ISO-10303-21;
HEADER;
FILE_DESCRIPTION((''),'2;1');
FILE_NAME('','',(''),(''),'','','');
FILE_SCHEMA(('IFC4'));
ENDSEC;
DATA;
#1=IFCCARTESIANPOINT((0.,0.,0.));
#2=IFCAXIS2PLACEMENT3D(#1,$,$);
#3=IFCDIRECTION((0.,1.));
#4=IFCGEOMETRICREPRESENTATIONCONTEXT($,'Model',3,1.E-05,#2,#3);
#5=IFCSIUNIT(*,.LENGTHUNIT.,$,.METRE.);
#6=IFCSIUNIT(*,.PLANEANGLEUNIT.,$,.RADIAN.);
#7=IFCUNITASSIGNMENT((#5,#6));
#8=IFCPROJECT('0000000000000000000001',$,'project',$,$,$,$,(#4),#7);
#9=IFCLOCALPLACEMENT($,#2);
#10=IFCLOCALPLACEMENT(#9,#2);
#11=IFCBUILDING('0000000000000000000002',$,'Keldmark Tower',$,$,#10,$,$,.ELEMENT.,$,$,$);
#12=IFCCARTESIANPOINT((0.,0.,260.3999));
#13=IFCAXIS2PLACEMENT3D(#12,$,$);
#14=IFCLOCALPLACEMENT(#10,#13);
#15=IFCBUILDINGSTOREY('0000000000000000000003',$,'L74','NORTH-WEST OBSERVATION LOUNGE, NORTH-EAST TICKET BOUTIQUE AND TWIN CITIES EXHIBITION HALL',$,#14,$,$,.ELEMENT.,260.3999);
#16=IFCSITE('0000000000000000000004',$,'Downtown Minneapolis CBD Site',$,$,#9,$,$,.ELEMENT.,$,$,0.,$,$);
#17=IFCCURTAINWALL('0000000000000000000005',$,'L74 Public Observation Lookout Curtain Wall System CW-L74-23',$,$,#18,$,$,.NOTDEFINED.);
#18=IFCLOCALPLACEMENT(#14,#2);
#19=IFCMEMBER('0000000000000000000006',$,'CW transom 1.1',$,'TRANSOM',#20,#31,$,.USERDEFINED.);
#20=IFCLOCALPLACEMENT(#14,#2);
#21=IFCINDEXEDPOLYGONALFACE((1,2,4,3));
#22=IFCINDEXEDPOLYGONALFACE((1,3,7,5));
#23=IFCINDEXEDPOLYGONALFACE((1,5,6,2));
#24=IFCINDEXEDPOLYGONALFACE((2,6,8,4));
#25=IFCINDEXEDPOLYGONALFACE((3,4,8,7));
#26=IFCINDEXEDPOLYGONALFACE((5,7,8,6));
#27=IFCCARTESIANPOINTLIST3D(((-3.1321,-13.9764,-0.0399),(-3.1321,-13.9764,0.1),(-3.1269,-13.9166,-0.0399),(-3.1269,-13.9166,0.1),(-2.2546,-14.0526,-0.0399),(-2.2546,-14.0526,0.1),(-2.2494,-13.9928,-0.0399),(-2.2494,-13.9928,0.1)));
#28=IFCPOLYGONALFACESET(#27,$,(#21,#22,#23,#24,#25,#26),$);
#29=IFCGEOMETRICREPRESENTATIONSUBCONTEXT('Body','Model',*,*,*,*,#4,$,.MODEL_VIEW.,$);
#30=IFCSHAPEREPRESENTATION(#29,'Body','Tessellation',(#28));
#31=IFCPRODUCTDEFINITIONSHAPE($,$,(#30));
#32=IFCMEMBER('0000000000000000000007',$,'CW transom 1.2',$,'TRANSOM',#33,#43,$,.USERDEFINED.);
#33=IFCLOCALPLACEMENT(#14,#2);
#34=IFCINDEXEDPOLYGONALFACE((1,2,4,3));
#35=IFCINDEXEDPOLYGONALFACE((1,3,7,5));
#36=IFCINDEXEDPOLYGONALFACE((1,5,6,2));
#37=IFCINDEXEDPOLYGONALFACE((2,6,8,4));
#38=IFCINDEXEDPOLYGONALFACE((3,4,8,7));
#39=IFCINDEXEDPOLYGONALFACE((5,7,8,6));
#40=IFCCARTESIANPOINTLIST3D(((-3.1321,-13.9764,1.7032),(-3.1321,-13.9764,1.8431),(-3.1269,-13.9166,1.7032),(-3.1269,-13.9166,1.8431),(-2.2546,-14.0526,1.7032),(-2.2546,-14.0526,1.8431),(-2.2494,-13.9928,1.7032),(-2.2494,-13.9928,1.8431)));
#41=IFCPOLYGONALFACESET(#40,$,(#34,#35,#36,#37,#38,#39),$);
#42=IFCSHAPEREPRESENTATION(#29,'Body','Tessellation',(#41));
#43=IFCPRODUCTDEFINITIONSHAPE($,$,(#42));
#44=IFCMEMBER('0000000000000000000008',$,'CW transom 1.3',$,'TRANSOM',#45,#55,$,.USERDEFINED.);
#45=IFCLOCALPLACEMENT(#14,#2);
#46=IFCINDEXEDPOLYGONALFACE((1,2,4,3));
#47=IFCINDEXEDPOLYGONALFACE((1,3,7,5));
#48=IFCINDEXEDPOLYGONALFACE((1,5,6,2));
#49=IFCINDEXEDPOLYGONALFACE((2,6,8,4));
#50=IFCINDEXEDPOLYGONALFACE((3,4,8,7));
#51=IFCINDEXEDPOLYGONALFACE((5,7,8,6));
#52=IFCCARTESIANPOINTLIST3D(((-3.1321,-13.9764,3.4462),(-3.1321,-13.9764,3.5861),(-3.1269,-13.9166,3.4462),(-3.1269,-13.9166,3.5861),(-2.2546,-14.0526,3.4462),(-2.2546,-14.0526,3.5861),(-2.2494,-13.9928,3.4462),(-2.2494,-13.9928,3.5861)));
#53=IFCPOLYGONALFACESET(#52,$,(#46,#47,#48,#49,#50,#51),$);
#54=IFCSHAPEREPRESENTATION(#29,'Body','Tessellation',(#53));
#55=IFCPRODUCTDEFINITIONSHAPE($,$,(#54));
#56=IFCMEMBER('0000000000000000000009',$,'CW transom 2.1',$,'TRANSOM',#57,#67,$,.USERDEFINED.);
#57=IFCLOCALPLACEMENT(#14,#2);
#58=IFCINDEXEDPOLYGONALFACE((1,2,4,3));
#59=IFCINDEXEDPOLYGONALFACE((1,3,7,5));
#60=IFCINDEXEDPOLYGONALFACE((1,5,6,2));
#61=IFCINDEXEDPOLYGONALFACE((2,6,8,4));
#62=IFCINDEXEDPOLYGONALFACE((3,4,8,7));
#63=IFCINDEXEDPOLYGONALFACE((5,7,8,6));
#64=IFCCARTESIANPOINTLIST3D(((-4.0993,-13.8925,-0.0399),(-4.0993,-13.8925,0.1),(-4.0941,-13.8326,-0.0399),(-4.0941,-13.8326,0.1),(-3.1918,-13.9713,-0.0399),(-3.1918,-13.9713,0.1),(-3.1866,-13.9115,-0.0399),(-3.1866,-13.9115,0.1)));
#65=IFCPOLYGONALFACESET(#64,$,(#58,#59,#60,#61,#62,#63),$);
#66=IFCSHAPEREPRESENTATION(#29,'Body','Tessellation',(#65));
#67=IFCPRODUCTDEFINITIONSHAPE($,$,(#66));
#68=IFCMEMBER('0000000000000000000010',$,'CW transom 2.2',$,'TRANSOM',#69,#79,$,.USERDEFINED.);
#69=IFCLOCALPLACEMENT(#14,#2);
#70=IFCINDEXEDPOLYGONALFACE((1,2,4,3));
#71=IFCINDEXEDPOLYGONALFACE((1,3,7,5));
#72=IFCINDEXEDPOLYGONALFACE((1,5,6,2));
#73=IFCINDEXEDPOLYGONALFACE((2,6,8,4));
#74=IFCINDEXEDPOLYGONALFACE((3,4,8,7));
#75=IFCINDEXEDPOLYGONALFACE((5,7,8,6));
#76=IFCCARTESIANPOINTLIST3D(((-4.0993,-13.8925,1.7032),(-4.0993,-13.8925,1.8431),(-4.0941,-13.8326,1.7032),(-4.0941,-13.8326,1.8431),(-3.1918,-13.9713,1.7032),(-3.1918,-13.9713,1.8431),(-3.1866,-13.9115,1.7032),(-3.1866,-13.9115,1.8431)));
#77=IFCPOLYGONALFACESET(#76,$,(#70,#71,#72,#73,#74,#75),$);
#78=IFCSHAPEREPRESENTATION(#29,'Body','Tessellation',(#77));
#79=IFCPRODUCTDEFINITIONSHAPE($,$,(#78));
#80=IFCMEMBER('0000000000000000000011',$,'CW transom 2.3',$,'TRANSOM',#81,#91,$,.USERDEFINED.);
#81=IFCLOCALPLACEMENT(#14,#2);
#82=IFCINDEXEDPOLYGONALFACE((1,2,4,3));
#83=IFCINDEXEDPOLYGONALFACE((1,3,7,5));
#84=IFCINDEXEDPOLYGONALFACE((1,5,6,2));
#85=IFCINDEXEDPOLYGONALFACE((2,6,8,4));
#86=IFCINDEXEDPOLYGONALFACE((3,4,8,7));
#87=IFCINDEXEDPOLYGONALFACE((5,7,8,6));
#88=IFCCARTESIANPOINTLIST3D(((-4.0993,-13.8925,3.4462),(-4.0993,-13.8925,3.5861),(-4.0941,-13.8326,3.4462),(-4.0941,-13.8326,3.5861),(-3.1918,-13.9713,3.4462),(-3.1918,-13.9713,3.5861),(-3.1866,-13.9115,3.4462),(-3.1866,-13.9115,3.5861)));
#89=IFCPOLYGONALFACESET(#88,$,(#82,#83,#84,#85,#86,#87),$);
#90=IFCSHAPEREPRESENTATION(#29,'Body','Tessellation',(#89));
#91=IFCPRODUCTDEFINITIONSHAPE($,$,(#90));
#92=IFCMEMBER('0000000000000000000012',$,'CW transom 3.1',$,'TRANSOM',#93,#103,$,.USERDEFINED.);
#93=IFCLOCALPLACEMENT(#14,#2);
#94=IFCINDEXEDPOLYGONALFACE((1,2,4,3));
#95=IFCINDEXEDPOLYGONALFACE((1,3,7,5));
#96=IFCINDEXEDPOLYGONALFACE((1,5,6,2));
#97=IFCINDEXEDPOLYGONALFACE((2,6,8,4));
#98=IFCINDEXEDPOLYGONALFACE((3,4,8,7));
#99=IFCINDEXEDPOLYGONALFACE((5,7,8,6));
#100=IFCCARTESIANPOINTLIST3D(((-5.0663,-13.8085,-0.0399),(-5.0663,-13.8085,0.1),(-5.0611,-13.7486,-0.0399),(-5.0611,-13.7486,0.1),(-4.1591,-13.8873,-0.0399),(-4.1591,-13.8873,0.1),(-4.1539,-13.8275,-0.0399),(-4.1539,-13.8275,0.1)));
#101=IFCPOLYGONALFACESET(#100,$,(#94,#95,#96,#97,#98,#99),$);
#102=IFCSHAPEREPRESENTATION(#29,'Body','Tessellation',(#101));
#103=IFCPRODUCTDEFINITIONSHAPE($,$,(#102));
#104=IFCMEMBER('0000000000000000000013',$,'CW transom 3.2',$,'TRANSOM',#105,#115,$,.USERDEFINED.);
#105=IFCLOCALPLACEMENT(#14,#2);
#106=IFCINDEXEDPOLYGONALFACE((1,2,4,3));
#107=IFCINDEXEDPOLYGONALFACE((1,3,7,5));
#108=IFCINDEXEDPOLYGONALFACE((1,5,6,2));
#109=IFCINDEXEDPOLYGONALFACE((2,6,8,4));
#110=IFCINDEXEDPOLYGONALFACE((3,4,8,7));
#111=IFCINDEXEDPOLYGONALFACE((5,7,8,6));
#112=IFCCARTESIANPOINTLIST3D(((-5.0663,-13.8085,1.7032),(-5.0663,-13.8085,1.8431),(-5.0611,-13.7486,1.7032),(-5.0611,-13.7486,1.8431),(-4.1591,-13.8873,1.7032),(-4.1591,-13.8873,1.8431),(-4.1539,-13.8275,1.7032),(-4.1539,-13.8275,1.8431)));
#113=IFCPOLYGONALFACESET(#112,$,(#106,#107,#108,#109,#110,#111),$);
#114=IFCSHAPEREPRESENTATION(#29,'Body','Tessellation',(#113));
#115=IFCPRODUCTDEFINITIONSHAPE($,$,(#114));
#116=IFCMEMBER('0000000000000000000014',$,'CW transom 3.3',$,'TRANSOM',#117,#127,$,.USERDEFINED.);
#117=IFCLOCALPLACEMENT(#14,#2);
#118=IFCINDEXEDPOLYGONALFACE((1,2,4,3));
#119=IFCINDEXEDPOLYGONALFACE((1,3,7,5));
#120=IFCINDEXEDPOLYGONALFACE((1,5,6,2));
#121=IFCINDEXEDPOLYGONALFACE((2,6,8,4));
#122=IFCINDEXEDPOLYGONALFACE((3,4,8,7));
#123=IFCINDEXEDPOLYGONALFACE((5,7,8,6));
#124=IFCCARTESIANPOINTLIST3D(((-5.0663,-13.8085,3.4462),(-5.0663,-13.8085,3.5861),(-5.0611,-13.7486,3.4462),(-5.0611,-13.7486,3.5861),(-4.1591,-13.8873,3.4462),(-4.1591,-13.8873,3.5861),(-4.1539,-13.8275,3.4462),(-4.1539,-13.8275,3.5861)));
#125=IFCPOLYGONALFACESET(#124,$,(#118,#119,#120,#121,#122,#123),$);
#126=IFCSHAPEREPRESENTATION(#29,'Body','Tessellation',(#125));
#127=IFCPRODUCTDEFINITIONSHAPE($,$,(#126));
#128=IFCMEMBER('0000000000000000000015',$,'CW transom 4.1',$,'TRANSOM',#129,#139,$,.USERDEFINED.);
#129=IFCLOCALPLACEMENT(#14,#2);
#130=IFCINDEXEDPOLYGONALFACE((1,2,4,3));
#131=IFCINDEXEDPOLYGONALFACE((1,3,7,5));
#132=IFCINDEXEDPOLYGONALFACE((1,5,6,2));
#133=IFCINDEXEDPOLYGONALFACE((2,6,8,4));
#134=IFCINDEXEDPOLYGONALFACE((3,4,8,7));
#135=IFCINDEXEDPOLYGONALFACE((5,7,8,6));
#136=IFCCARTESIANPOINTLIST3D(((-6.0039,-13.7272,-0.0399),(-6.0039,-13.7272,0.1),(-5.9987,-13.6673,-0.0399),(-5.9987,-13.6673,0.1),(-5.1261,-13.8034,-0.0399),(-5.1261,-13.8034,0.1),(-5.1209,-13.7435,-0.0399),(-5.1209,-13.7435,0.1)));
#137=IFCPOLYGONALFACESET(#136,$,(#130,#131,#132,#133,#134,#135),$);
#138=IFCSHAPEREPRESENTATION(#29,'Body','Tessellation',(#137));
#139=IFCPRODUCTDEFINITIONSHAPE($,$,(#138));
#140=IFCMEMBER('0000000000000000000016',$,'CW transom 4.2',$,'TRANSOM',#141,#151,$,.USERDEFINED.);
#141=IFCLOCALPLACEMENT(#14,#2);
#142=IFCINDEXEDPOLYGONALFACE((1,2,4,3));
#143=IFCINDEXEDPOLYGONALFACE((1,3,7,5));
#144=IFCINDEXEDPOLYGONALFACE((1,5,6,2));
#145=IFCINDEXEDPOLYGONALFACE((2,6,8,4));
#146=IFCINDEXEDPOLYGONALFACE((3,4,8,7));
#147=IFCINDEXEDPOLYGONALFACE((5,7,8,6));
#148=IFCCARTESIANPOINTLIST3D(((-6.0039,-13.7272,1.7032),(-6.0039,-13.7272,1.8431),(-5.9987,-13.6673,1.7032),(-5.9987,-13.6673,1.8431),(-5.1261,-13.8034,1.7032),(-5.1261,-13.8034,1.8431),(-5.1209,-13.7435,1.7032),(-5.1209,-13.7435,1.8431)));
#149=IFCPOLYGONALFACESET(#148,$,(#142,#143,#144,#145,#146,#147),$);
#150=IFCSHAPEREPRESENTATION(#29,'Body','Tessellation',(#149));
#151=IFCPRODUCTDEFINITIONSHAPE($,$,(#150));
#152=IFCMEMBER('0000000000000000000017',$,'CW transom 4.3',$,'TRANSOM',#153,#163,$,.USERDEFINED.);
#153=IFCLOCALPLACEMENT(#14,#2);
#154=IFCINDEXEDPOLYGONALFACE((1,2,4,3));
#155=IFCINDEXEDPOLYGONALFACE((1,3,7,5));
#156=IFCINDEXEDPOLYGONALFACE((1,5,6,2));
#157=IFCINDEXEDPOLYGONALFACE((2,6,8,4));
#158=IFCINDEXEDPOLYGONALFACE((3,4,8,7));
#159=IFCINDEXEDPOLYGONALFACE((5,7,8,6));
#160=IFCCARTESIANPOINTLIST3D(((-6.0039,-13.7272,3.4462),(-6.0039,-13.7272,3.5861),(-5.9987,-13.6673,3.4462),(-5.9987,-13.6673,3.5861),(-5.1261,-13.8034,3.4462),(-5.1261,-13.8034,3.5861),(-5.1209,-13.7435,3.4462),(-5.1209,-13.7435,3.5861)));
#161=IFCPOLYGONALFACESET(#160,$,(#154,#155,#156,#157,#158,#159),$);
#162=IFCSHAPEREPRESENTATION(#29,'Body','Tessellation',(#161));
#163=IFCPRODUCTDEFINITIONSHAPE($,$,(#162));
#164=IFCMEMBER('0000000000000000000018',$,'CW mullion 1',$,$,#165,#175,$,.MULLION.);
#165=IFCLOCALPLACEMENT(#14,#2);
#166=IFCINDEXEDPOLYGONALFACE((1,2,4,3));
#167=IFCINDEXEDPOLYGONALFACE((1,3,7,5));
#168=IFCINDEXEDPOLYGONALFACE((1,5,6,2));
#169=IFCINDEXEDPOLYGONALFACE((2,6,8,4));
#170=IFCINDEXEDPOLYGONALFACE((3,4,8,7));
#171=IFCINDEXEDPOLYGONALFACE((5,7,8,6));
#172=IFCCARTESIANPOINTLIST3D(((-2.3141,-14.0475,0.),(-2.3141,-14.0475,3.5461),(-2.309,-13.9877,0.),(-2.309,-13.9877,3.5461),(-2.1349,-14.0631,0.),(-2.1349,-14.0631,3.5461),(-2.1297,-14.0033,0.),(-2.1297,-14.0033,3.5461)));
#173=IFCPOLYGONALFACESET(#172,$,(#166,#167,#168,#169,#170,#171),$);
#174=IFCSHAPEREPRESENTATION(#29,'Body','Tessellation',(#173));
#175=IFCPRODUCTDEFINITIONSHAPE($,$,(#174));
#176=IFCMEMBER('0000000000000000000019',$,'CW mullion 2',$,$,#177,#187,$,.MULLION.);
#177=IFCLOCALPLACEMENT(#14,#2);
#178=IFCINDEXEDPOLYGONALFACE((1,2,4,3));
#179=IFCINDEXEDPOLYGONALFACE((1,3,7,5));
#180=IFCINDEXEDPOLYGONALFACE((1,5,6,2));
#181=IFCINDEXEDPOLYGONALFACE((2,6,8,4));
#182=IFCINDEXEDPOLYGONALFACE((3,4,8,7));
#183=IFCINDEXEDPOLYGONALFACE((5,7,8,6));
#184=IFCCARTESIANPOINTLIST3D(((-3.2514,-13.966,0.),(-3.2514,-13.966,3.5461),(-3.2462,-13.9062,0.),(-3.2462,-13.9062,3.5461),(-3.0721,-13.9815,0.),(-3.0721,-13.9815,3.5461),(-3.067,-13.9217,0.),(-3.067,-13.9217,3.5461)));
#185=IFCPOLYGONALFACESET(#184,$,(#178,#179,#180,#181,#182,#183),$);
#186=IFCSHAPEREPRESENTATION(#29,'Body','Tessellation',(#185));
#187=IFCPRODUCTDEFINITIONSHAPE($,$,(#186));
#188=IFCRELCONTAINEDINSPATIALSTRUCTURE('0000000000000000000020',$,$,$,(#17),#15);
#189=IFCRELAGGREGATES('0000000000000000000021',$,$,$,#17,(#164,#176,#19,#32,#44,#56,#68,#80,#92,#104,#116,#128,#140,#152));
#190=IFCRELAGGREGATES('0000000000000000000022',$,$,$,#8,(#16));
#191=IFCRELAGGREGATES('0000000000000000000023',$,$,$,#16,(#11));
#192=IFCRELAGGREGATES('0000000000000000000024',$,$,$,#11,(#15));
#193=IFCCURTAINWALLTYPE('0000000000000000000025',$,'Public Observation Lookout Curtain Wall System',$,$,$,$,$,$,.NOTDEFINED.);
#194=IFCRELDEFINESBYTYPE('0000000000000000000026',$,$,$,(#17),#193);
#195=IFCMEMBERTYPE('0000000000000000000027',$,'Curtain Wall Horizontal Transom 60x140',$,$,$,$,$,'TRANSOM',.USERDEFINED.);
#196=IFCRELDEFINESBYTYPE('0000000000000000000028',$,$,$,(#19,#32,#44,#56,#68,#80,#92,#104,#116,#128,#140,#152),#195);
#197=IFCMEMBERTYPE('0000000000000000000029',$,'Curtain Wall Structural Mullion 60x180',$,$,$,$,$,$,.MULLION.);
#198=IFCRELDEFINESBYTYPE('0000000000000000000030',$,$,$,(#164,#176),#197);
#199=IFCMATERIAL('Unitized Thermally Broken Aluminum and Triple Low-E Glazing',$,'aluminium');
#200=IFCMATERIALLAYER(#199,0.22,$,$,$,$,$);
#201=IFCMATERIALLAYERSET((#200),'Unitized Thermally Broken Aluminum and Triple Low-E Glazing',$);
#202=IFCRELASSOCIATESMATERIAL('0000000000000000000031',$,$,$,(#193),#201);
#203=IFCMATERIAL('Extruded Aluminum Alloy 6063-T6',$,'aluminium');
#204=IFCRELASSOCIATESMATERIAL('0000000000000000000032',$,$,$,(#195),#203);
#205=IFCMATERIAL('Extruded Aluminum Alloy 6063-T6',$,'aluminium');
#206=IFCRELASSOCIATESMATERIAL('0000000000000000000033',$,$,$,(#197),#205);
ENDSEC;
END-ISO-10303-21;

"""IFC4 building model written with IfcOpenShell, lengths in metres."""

from ifc_helpers import new_model, si_unit, direction, frame, origin, origin_2d, place, context, subcontext, project, spatial, rectangle, extrude, material, layer, layer_set, material_profile, profile_set, type_object, element, aggregate, save


model = new_model("IFC4")

# Units and contexts
model_context = context("Model", 3, precision=1e-05, world=origin(), true_north=direction((0.0, 1.0)))
body_context = subcontext(model_context, "Body", "Model", "MODEL_VIEW")
ifc_project = project(units=[si_unit("LENGTHUNIT", "METRE"), si_unit("PLANEANGLEUNIT", "RADIAN")], contexts=[model_context])

# Site, building, storey
site_placement = place(None, origin())
site = spatial("IfcSite", under=ifc_project, at=site_placement, Name="Downtown Minneapolis CBD Site", CompositionType="ELEMENT", RefElevation=0.0)
building_placement = place(site_placement, origin())
building = spatial("IfcBuilding", under=site, at=building_placement, Name="Keldmark Tower", CompositionType="ELEMENT")
storey_placement = place(building_placement, frame((0.0, 0.0, 260.3999)))
storey = spatial("IfcBuildingStorey", under=building, at=storey_placement, Name="L74", Description="NORTH-WEST OBSERVATION LOUNGE, NORTH-EAST TICKET BOUTIQUE AND TWIN CITIES EXHIBITION HALL", CompositionType="ELEMENT", Elevation=260.3999)

# Curtain wall, members
ifc_material_1 = material(Name="Unitized Thermally Broken Aluminum and Triple Low-E Glazing", Category="aluminium")
ifc_layer_1 = layer(ifc_material_1, 0.22)
ifc_layer_set_1 = layer_set([ifc_layer_1], Name="Unitized Thermally Broken Aluminum and Triple Low-E Glazing")
curtain_wall_type = type_object("IfcCurtainWallType", Name="Public Observation Lookout Curtain Wall System", PredefinedType="NOTDEFINED", material=ifc_layer_set_1)
curtain_wall_placement = place(storey_placement, origin())
curtain_wall = element("IfcCurtainWall", 1, at=curtain_wall_placement, inside=storey, type_object=curtain_wall_type, Name="L74 Public Observation Lookout Curtain Wall System CW-L74-23", PredefinedType="NOTDEFINED")
ifc_material_2 = material(Name="Extruded Aluminum Alloy 6063-T6", Category="aluminium")
ifc_material_profile_1 = material_profile(ifc_material_2, rectangle(XDim=0.0601, YDim=0.1399, at=origin_2d()), Name="CWT60X140")
ifc_profile_set_1 = profile_set([ifc_material_profile_1], Name="Extruded Aluminum Alloy 6063-T6")
member_type_1 = type_object("IfcMemberType", Name="Curtain Wall Horizontal Transom 60x140", ElementType="TRANSOM", PredefinedType="USERDEFINED", material=ifc_profile_set_1)
member_1_placement = place(storey_placement, frame((-2.252, -14.0227, 0.03), z_axis=(-0.996253, 0.086486, 0.0), x_axis=(-0.086486, -0.996253, 0.0)))
member_1 = element("IfcMember", 2, at=member_1_placement, type_object=member_type_1, Name="CW transom 1.1", ObjectType="TRANSOM", PredefinedType="USERDEFINED", context=body_context, shape_type="SweptSolid", body=[
    extrude(rectangle(XDim=0.0601, YDim=0.1399, at=origin_2d()), origin(), (0.0, 0.0, 1.0), 0.8809),
])
member_2_placement = place(storey_placement, frame((-2.252, -14.0227, 1.7732), z_axis=(-0.996253, 0.086486, 0.0), x_axis=(-0.086486, -0.996253, 0.0)))
member_2 = element("IfcMember", 3, at=member_2_placement, type_object=member_type_1, Name="CW transom 1.2", ObjectType="TRANSOM", PredefinedType="USERDEFINED", context=body_context, shape_type="SweptSolid", body=[
    extrude(rectangle(XDim=0.0601, YDim=0.1399, at=origin_2d()), origin(), (0.0, 0.0, 1.0), 0.8809),
])
member_3_placement = place(storey_placement, frame((-2.252, -14.0227, 3.5161), z_axis=(-0.996253, 0.086486, 0.0), x_axis=(-0.086486, -0.996253, 0.0)))
member_3 = element("IfcMember", 4, at=member_3_placement, type_object=member_type_1, Name="CW transom 1.3", ObjectType="TRANSOM", PredefinedType="USERDEFINED", context=body_context, shape_type="SweptSolid", body=[
    extrude(rectangle(XDim=0.0601, YDim=0.1399, at=origin_2d()), origin(), (0.0, 0.0, 1.0), 0.8809),
])
member_4_placement = place(storey_placement, frame((-3.1892, -13.9414, 0.03), z_axis=(-0.996246, 0.086572, 0.0), x_axis=(-0.086572, -0.996246, 0.0)))
member_4 = element("IfcMember", 5, at=member_4_placement, type_object=member_type_1, Name="CW transom 2.1", ObjectType="TRANSOM", PredefinedType="USERDEFINED", context=body_context, shape_type="SweptSolid", body=[
    extrude(rectangle(XDim=0.0601, YDim=0.1399, at=origin_2d()), origin(), (0.0, 0.0, 1.0), 0.9109),
])
member_5_placement = place(storey_placement, frame((-3.1892, -13.9414, 1.7732), z_axis=(-0.996246, 0.086572, 0.0), x_axis=(-0.086572, -0.996246, 0.0)))
member_5 = element("IfcMember", 6, at=member_5_placement, type_object=member_type_1, Name="CW transom 2.2", ObjectType="TRANSOM", PredefinedType="USERDEFINED", context=body_context, shape_type="SweptSolid", body=[
    extrude(rectangle(XDim=0.0601, YDim=0.1399, at=origin_2d()), origin(), (0.0, 0.0, 1.0), 0.9109),
])
member_6_placement = place(storey_placement, frame((-3.1892, -13.9414, 3.5161), z_axis=(-0.996246, 0.086572, 0.0), x_axis=(-0.086572, -0.996246, 0.0)))
member_6 = element("IfcMember", 7, at=member_6_placement, type_object=member_type_1, Name="CW transom 2.3", ObjectType="TRANSOM", PredefinedType="USERDEFINED", context=body_context, shape_type="SweptSolid", body=[
    extrude(rectangle(XDim=0.0601, YDim=0.1399, at=origin_2d()), origin(), (0.0, 0.0, 1.0), 0.9109),
])
member_7_placement = place(storey_placement, frame((-4.1565, -13.8574, 0.03), z_axis=(-0.996244, 0.086595, 0.0), x_axis=(-0.086595, -0.996244, 0.0)))
member_7 = element("IfcMember", 8, at=member_7_placement, type_object=member_type_1, Name="CW transom 3.1", ObjectType="TRANSOM", PredefinedType="USERDEFINED", context=body_context, shape_type="SweptSolid", body=[
    extrude(rectangle(XDim=0.0601, YDim=0.1399, at=origin_2d()), origin(), (0.0, 0.0, 1.0), 0.9106),
])
member_8_placement = place(storey_placement, frame((-4.1565, -13.8574, 1.7732), z_axis=(-0.996244, 0.086595, 0.0), x_axis=(-0.086595, -0.996244, 0.0)))
member_8 = element("IfcMember", 9, at=member_8_placement, type_object=member_type_1, Name="CW transom 3.2", ObjectType="TRANSOM", PredefinedType="USERDEFINED", context=body_context, shape_type="SweptSolid", body=[
    extrude(rectangle(XDim=0.0601, YDim=0.1399, at=origin_2d()), origin(), (0.0, 0.0, 1.0), 0.9106),
])
member_9_placement = place(storey_placement, frame((-4.1565, -13.8574, 3.5161), z_axis=(-0.996244, 0.086595, 0.0), x_axis=(-0.086595, -0.996244, 0.0)))
member_9 = element("IfcMember", 10, at=member_9_placement, type_object=member_type_1, Name="CW transom 3.3", ObjectType="TRANSOM", PredefinedType="USERDEFINED", context=body_context, shape_type="SweptSolid", body=[
    extrude(rectangle(XDim=0.0601, YDim=0.1399, at=origin_2d()), origin(), (0.0, 0.0, 1.0), 0.9106),
])
member_10_placement = place(storey_placement, frame((-5.1235, -13.7734, 0.03), z_axis=(-0.996255, 0.086462, 0.0), x_axis=(-0.086462, -0.996255, 0.0)))
member_10 = element("IfcMember", 11, at=member_10_placement, type_object=member_type_1, Name="CW transom 4.1", ObjectType="TRANSOM", PredefinedType="USERDEFINED", context=body_context, shape_type="SweptSolid", body=[
    extrude(rectangle(XDim=0.0601, YDim=0.1399, at=origin_2d()), origin(), (0.0, 0.0, 1.0), 0.8811),
])
member_11_placement = place(storey_placement, frame((-5.1235, -13.7734, 1.7732), z_axis=(-0.996255, 0.086462, 0.0), x_axis=(-0.086462, -0.996255, 0.0)))
member_11 = element("IfcMember", 12, at=member_11_placement, type_object=member_type_1, Name="CW transom 4.2", ObjectType="TRANSOM", PredefinedType="USERDEFINED", context=body_context, shape_type="SweptSolid", body=[
    extrude(rectangle(XDim=0.0601, YDim=0.1399, at=origin_2d()), origin(), (0.0, 0.0, 1.0), 0.8811),
])
member_12_placement = place(storey_placement, frame((-5.1235, -13.7734, 3.5161), z_axis=(-0.996255, 0.086462, 0.0), x_axis=(-0.086462, -0.996255, 0.0)))
member_12 = element("IfcMember", 13, at=member_12_placement, type_object=member_type_1, Name="CW transom 4.3", ObjectType="TRANSOM", PredefinedType="USERDEFINED", context=body_context, shape_type="SweptSolid", body=[
    extrude(rectangle(XDim=0.0601, YDim=0.1399, at=origin_2d()), origin(), (0.0, 0.0, 1.0), 0.8811),
])
ifc_material_3 = material(Name="Extruded Aluminum Alloy 6063-T6", Category="aluminium")
ifc_material_profile_2 = material_profile(ifc_material_3, rectangle(XDim=0.0601, YDim=0.1799, at=origin_2d()), Name="CWM60X180")
ifc_profile_set_2 = profile_set([ifc_material_profile_2], Name="Extruded Aluminum Alloy 6063-T6")
member_type_2 = type_object("IfcMemberType", Name="Curtain Wall Structural Mullion 60x180", PredefinedType="MULLION", material=ifc_profile_set_2)
member_13_placement = place(storey_placement, frame((-2.2219, -14.0254, 0.0), z_axis=(0.0, 0.0, 1.0), x_axis=(-0.086472, -0.996254, 0.0)))
member_13 = element("IfcMember", 14, at=member_13_placement, type_object=member_type_2, Name="CW mullion 1", PredefinedType="MULLION", context=body_context, shape_type="SweptSolid", body=[
    extrude(rectangle(XDim=0.0601, YDim=0.1799, at=origin_2d()), origin(), (0.0, 0.0, 1.0), 3.5461),
])
member_14_placement = place(storey_placement, frame((-3.1592, -13.9438, 0.0), z_axis=(0.0, 0.0, 1.0), x_axis=(-0.086472, -0.996254, 0.0)))
member_14 = element("IfcMember", 15, at=member_14_placement, type_object=member_type_2, Name="CW mullion 2", PredefinedType="MULLION", context=body_context, shape_type="SweptSolid", body=[
    extrude(rectangle(XDim=0.0601, YDim=0.1799, at=origin_2d()), origin(), (0.0, 0.0, 1.0), 3.5461),
])

aggregate(curtain_wall, [member_13, member_14, member_1, member_2, member_3, member_4, member_5, member_6, member_7, member_8, member_9, member_10, member_11, member_12])

save(model, "model.ifc")
